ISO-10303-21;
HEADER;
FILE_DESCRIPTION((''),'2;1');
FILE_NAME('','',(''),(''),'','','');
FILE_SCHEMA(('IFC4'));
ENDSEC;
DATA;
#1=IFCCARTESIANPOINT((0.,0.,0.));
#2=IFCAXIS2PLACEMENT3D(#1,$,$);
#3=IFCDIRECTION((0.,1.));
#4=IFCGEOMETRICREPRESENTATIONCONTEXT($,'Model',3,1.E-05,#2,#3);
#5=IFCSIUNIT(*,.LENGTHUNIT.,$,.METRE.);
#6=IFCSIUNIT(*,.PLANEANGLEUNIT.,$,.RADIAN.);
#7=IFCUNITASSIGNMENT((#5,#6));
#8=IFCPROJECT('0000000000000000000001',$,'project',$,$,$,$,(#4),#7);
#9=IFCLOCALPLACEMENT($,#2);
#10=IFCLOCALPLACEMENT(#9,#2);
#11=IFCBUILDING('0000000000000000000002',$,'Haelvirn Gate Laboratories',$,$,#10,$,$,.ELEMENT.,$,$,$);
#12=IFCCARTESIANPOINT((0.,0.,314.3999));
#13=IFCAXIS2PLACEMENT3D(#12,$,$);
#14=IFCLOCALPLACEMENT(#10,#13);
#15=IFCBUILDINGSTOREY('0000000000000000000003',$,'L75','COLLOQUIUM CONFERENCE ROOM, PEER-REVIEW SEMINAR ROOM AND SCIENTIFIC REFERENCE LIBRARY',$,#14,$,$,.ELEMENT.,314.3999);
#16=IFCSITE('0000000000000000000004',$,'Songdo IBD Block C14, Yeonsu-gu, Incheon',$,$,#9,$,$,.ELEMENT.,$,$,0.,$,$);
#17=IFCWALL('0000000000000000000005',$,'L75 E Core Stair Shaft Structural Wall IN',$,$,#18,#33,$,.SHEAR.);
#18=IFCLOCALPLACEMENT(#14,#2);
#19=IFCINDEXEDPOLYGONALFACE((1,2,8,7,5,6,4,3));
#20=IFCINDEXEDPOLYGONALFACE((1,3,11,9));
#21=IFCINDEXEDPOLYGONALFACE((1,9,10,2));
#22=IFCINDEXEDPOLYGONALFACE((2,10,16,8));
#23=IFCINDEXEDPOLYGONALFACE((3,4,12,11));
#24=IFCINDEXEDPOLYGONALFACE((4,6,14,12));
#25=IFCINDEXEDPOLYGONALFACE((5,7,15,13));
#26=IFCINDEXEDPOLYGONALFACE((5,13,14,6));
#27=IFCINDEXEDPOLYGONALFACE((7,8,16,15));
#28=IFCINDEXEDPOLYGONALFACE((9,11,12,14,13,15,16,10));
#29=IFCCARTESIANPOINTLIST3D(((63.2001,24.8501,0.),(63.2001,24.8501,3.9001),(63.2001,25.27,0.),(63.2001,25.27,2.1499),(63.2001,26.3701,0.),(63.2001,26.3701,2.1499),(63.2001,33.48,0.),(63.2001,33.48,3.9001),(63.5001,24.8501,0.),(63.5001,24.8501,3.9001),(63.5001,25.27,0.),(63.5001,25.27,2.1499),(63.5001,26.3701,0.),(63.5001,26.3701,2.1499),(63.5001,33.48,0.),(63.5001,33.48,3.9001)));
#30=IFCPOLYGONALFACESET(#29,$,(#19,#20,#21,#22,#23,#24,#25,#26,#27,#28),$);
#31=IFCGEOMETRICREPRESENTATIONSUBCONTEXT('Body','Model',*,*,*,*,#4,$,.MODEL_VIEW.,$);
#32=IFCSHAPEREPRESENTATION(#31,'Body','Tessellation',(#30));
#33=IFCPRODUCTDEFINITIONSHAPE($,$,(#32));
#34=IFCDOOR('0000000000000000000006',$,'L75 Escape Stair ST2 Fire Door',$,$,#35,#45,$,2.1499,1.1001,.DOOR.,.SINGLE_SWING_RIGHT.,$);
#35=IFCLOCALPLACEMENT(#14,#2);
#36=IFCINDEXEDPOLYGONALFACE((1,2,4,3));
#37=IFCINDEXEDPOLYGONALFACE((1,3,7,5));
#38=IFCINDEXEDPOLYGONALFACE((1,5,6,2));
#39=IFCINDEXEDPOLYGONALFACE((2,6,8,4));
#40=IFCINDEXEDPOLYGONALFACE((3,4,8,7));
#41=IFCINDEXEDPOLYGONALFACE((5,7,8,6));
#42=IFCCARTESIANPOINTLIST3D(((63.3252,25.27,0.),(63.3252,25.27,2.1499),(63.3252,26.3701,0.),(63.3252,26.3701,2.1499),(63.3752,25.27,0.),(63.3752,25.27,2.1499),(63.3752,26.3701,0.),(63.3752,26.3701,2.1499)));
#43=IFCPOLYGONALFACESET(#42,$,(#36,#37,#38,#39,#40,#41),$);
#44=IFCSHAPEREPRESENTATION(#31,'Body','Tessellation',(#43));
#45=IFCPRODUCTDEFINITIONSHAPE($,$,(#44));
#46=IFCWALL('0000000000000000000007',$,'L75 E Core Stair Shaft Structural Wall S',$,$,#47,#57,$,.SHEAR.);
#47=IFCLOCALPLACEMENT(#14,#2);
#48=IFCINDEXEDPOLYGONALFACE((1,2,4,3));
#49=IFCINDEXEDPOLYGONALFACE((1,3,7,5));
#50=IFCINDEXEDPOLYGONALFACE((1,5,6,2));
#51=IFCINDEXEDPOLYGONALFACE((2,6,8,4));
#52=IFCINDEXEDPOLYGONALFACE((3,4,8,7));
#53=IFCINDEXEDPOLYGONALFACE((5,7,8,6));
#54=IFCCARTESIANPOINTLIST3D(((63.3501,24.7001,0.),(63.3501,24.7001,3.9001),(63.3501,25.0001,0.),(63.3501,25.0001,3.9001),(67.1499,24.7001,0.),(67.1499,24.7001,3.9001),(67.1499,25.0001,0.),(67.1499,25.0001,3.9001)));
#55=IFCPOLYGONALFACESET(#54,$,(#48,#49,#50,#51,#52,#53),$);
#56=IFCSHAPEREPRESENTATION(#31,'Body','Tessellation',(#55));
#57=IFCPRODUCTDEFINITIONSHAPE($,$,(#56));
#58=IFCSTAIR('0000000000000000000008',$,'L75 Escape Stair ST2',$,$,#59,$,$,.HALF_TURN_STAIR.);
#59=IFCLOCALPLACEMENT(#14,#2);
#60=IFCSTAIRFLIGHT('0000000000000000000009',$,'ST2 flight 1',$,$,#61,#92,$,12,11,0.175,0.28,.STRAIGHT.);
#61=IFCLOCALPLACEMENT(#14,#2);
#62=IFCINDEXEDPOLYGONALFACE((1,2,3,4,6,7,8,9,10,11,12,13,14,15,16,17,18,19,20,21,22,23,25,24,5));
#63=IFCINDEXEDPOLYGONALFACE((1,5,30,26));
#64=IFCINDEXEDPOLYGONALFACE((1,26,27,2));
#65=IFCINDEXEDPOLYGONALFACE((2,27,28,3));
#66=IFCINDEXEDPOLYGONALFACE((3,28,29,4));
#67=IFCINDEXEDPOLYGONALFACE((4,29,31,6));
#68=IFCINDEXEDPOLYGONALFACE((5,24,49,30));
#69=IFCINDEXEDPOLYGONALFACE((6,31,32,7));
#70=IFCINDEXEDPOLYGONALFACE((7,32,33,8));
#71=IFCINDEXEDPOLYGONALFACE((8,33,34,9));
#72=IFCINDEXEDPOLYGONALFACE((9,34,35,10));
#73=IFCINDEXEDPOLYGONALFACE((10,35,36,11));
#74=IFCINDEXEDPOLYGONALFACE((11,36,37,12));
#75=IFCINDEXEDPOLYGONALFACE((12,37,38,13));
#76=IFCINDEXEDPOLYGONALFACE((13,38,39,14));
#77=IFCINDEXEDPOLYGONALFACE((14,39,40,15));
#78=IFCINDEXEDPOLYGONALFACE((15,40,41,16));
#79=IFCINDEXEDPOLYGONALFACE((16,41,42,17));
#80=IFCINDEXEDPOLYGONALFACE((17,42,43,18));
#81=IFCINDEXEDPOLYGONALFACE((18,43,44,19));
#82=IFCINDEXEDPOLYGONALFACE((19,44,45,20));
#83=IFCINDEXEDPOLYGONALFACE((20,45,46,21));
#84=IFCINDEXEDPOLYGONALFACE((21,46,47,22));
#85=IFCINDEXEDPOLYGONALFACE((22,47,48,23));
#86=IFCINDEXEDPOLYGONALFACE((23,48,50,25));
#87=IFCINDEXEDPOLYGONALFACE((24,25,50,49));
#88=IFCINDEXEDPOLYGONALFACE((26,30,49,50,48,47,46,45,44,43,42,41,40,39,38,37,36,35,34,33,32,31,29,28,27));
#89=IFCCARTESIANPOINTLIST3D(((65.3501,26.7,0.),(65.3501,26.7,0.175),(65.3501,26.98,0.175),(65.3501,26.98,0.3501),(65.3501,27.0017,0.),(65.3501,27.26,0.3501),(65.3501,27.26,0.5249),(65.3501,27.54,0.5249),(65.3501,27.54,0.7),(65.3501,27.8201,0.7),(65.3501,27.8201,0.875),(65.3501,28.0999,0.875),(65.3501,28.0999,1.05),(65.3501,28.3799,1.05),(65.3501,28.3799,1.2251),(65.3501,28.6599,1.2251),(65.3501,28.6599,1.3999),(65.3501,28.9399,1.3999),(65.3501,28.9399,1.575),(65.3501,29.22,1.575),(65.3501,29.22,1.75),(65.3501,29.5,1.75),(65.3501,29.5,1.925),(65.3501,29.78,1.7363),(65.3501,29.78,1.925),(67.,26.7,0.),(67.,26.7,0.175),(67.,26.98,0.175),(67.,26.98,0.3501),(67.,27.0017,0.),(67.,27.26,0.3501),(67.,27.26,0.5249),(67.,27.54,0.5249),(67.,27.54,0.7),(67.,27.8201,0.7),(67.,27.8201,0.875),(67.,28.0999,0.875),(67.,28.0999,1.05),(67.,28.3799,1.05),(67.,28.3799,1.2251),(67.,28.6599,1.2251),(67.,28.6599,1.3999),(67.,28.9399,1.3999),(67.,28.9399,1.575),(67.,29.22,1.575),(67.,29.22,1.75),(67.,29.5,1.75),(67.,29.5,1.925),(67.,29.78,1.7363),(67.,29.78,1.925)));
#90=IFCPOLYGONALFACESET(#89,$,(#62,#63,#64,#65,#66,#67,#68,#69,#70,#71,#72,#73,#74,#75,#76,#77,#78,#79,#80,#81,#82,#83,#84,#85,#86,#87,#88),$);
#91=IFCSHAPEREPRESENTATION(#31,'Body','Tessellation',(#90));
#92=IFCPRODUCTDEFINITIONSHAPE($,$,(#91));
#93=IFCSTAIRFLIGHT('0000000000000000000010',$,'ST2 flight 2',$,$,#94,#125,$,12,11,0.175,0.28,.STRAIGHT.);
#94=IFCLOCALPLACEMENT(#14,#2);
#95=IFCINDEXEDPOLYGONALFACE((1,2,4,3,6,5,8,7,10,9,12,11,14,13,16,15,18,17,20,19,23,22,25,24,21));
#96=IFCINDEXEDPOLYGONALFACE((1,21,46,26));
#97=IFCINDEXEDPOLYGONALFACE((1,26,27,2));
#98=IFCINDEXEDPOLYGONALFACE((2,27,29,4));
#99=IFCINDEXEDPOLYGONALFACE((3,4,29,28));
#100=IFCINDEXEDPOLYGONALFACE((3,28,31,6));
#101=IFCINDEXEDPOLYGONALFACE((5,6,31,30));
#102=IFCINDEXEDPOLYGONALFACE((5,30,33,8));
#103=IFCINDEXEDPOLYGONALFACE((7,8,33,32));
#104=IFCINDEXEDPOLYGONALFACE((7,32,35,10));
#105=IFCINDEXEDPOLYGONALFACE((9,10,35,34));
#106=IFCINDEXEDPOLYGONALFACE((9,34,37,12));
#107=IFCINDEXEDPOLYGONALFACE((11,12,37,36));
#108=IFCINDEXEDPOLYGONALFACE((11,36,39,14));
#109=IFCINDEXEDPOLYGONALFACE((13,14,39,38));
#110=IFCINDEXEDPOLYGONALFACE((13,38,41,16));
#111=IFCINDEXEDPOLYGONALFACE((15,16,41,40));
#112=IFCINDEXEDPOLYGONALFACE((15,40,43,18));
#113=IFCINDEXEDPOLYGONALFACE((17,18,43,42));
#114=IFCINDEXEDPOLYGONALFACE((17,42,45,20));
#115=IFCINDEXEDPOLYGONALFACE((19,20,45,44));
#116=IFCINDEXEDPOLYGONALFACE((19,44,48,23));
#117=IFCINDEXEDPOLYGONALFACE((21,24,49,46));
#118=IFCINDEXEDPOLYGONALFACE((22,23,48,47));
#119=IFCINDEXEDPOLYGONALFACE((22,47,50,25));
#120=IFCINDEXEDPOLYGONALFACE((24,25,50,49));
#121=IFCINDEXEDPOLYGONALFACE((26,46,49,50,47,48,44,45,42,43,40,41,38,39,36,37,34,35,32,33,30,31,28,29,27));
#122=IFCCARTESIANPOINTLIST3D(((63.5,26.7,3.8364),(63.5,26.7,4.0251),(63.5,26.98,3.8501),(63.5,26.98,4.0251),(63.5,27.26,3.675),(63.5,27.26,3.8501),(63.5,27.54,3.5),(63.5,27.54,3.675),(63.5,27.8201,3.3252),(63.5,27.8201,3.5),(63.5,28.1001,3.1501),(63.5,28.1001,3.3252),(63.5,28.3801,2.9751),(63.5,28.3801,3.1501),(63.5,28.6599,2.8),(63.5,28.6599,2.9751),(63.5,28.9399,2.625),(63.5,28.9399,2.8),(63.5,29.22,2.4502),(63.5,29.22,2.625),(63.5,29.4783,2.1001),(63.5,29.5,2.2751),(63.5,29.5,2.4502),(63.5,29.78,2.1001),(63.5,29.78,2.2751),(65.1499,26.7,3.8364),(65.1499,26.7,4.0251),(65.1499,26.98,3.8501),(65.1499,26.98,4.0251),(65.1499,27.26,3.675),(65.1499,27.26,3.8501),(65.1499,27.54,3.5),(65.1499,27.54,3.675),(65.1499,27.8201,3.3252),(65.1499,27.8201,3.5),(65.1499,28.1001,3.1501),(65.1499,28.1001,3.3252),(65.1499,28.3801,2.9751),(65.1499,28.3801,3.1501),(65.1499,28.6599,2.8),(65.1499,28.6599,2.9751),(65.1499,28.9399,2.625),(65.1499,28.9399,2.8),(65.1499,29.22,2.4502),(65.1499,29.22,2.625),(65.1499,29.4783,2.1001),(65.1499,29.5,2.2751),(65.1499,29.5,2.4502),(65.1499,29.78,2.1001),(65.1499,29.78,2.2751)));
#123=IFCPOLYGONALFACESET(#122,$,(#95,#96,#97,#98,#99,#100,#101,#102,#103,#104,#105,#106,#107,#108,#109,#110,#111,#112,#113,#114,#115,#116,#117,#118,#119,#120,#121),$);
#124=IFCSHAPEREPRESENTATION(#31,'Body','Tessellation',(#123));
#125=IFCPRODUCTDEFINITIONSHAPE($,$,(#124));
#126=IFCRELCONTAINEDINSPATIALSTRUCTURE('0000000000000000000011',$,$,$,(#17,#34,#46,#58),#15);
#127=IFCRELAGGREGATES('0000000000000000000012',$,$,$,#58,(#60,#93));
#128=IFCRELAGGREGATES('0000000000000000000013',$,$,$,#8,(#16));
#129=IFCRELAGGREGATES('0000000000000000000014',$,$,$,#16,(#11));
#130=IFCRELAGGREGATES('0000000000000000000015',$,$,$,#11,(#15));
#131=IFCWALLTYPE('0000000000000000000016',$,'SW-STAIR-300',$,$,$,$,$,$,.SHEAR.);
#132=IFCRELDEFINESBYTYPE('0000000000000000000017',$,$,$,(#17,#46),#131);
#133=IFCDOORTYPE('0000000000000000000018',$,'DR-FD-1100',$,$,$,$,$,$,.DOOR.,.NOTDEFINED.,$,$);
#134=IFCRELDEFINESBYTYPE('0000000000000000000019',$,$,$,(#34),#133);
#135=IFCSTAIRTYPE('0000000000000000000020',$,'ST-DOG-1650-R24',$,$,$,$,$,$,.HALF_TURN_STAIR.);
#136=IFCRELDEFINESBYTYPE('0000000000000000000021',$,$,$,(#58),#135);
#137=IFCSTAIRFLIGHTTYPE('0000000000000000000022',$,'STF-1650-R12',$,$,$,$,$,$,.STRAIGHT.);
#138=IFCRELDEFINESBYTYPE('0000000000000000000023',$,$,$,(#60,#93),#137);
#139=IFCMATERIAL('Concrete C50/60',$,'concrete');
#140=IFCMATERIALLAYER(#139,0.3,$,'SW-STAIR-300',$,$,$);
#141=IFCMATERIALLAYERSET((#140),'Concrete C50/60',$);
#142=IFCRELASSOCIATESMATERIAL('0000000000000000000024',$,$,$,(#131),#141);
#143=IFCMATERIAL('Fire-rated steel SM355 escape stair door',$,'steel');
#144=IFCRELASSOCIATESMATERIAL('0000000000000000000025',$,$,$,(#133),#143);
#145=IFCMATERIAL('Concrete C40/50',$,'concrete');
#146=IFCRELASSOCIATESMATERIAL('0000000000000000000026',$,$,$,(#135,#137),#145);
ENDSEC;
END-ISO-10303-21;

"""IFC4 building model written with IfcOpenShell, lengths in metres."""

from ifc_helpers import new_model, si_unit, direction, frame, frame_2d, origin, place, context, subcontext, project, spatial, polyline, rectangle, outline, extrude, source, transform, mapped, material, layer, layer_set, type_object, type_shapes, element, fill, aggregate, save


model = new_model("IFC4")

# Units and contexts
model_context = context("Model", 3, precision=1e-05, world=origin(), true_north=direction((0.0, 1.0)))
body_context = subcontext(model_context, "Body", "Model", "MODEL_VIEW")
ifc_project = project(units=[si_unit("LENGTHUNIT", "METRE"), si_unit("PLANEANGLEUNIT", "RADIAN")], contexts=[model_context])

# Site, building, storey
site_placement = place(None, origin())
site = spatial("IfcSite", under=ifc_project, at=site_placement, Name="Songdo IBD Block C14, Yeonsu-gu, Incheon", CompositionType="ELEMENT", RefElevation=0.0)
building_placement = place(site_placement, origin())
building = spatial("IfcBuilding", under=site, at=building_placement, Name="Haelvirn Gate Laboratories", CompositionType="ELEMENT")
storey_placement = place(building_placement, frame((0.0, 0.0, 314.3999)))
storey = spatial("IfcBuildingStorey", under=building, at=storey_placement, Name="L75", Description="COLLOQUIUM CONFERENCE ROOM, PEER-REVIEW SEMINAR ROOM AND SCIENTIFIC REFERENCE LIBRARY", CompositionType="ELEMENT", Elevation=314.3999)

# Shared definitions
ifc_material_1 = material(Name="Concrete C40/50", Category="concrete")

# Shared definitions
ifc_material_2 = material(Name="Concrete C50/60", Category="concrete")

# Wall, opening, door
ifc_layer_1 = layer(ifc_material_2, 0.3, Name="SW-STAIR-300")
ifc_layer_set_1 = layer_set([ifc_layer_1], Name="Concrete C50/60")
wall_type_1 = type_object("IfcWallType", Name="SW-STAIR-300", PredefinedType="SHEAR", material=ifc_layer_set_1)
wall_1_placement = place(storey_placement, frame((63.3501, 24.8501, 0.0), z_axis=(0.0, 0.0, 1.0), x_axis=(0.0, 1.0, 0.0)))
wall_1 = element("IfcWall", 1, at=wall_1_placement, inside=storey, type_object=wall_type_1, Name="L75 E Core Stair Shaft Structural Wall IN", PredefinedType="SHEAR", context=body_context, shape_type="SweptSolid", body=[
    extrude(rectangle(XDim=8.6299, YDim=0.3, at=frame_2d((4.3149, 0.0))), origin(), (0.0, 0.0, 1.0), 3.9001),
])
opening_1_placement = place(wall_1_placement, frame((0.4199, 0.0, 0.0)))
opening_1 = element("IfcOpeningElement", 2, at=opening_1_placement, cuts=wall_1, PredefinedType="OPENING", context=body_context, shape_type="SweptSolid", body=[
    extrude(rectangle(XDim=1.1001, YDim=2.1499, at=frame_2d((0.55, 1.075))), frame((0.0, 0.1602, 0.0), z_axis=(0.0, -1.0, 0.0), x_axis=(1.0, 0.0, 0.0)), (0.0, 0.0, 1.0), 0.3201),
])
ifc_material_3 = material(Name="Fire-rated steel SM355 escape stair door", Category="steel")
door_type_1 = type_object("IfcDoorType", Name="DR-FD-1100", OperationType="NOTDEFINED", PredefinedType="DOOR", material=ifc_material_3)
shared_shape_1 = source(origin(), body_context, "Body", "SweptSolid", [
    extrude(rectangle(XDim=1.1001, YDim=2.1499, at=frame_2d((0.55, 1.075))), frame((0.0, 0.0249, 0.0), z_axis=(0.0, -1.0, 0.0), x_axis=(1.0, 0.0, 0.0)), (0.0, 0.0, 1.0), 0.05),
])
type_shapes(door_type_1, [shared_shape_1])
door_1_placement = place(opening_1_placement, origin())
door_1 = element("IfcDoor", 3, at=door_1_placement, inside=storey, type_object=door_type_1, Name="L75 Escape Stair ST2 Fire Door", OperationType="SINGLE_SWING_RIGHT", OverallHeight=2.1499, OverallWidth=1.1001, PredefinedType="DOOR", context=body_context, shape_type="MappedRepresentation", body=[
    mapped(shared_shape_1, transform((0.0, 0.0, 0.0), scale=1.0)),
])
fill(opening_1, door_1)

# Wall
wall_2_placement = place(storey_placement, frame((63.3501, 24.8501, 0.0), z_axis=(0.0, 0.0, 1.0), x_axis=(1.0, 0.0, 0.0)))
element("IfcWall", 4, at=wall_2_placement, inside=storey, type_object=wall_type_1, Name="L75 E Core Stair Shaft Structural Wall S", PredefinedType="SHEAR", context=body_context, shape_type="SweptSolid", body=[
    extrude(rectangle(XDim=3.7998, YDim=0.3, at=frame_2d((1.8999, 0.0))), origin(), (0.0, 0.0, 1.0), 3.9001),
])

# Stair, stair flights
stair_type = type_object("IfcStairType", Name="ST-DOG-1650-R24", PredefinedType="HALF_TURN_STAIR", material=ifc_material_1)
stair_placement = place(storey_placement, origin())
stair = element("IfcStair", 5, at=stair_placement, inside=storey, type_object=stair_type, Name="L75 Escape Stair ST2", PredefinedType="HALF_TURN_STAIR")
stair_flight_type = type_object("IfcStairFlightType", Name="STF-1650-R12", PredefinedType="STRAIGHT", material=ifc_material_1)
shared_shape_2 = source(origin(), body_context, "Body", "SweptSolid", [
    extrude(outline(polyline([(0.0, 0.0), (0.0, 0.175), (0.28, 0.175), (0.28, 0.3501), (0.5601, 0.3501), (0.5601, 0.5249), (0.8401, 0.5249), (0.8401, 0.7), (1.1201, 0.7), (1.1201, 0.875), (1.3999, 0.875), (1.3999, 1.05), (1.6799, 1.05), (1.6799, 1.2251), (1.96, 1.2251), (1.96, 1.3999), (2.24, 1.3999), (2.24, 1.575), (2.52, 1.575), (2.52, 1.75), (2.8, 1.75), (2.8, 1.925), (3.0801, 1.925), (3.0801, 2.1001), (3.0801, 1.7363), (0.3018, 0.0), (0.0, 0.0)])), frame((0.0, 0.825, 0.0), z_axis=(0.0, -1.0, 0.0), x_axis=(1.0, 0.0, 0.0)), (0.0, 0.0, 1.0), 1.6499),
])
type_shapes(stair_flight_type, [shared_shape_2])
stair_flight_1_placement = place(storey_placement, frame((66.175, 26.7, 0.0), z_axis=(0.0, 0.0, 1.0), x_axis=(0.0, 1.0, 0.0)))
stair_flight_1 = element("IfcStairFlight", 6, at=stair_flight_1_placement, type_object=stair_flight_type, Name="ST2 flight 1", NumberOfRisers=12, NumberOfTreads=11, PredefinedType="STRAIGHT", RiserHeight=0.175, TreadLength=0.28, context=body_context, shape_type="MappedRepresentation", body=[
    mapped(shared_shape_2, transform((0.0, 0.0, 0.0), scale=1.0)),
])
stair_flight_2_placement = place(storey_placement, frame((64.325, 29.78, 2.1001), z_axis=(0.0, 0.0, 1.0), x_axis=(0.0, -1.0, 0.0)))
stair_flight_2 = element("IfcStairFlight", 7, at=stair_flight_2_placement, type_object=stair_flight_type, Name="ST2 flight 2", NumberOfRisers=12, NumberOfTreads=11, PredefinedType="STRAIGHT", RiserHeight=0.175, TreadLength=0.28, context=body_context, shape_type="MappedRepresentation", body=[
    mapped(shared_shape_2, transform((0.0, 0.0, 0.0), scale=1.0)),
])
aggregate(stair, [stair_flight_1, stair_flight_2])

save(model, "model.ifc")
